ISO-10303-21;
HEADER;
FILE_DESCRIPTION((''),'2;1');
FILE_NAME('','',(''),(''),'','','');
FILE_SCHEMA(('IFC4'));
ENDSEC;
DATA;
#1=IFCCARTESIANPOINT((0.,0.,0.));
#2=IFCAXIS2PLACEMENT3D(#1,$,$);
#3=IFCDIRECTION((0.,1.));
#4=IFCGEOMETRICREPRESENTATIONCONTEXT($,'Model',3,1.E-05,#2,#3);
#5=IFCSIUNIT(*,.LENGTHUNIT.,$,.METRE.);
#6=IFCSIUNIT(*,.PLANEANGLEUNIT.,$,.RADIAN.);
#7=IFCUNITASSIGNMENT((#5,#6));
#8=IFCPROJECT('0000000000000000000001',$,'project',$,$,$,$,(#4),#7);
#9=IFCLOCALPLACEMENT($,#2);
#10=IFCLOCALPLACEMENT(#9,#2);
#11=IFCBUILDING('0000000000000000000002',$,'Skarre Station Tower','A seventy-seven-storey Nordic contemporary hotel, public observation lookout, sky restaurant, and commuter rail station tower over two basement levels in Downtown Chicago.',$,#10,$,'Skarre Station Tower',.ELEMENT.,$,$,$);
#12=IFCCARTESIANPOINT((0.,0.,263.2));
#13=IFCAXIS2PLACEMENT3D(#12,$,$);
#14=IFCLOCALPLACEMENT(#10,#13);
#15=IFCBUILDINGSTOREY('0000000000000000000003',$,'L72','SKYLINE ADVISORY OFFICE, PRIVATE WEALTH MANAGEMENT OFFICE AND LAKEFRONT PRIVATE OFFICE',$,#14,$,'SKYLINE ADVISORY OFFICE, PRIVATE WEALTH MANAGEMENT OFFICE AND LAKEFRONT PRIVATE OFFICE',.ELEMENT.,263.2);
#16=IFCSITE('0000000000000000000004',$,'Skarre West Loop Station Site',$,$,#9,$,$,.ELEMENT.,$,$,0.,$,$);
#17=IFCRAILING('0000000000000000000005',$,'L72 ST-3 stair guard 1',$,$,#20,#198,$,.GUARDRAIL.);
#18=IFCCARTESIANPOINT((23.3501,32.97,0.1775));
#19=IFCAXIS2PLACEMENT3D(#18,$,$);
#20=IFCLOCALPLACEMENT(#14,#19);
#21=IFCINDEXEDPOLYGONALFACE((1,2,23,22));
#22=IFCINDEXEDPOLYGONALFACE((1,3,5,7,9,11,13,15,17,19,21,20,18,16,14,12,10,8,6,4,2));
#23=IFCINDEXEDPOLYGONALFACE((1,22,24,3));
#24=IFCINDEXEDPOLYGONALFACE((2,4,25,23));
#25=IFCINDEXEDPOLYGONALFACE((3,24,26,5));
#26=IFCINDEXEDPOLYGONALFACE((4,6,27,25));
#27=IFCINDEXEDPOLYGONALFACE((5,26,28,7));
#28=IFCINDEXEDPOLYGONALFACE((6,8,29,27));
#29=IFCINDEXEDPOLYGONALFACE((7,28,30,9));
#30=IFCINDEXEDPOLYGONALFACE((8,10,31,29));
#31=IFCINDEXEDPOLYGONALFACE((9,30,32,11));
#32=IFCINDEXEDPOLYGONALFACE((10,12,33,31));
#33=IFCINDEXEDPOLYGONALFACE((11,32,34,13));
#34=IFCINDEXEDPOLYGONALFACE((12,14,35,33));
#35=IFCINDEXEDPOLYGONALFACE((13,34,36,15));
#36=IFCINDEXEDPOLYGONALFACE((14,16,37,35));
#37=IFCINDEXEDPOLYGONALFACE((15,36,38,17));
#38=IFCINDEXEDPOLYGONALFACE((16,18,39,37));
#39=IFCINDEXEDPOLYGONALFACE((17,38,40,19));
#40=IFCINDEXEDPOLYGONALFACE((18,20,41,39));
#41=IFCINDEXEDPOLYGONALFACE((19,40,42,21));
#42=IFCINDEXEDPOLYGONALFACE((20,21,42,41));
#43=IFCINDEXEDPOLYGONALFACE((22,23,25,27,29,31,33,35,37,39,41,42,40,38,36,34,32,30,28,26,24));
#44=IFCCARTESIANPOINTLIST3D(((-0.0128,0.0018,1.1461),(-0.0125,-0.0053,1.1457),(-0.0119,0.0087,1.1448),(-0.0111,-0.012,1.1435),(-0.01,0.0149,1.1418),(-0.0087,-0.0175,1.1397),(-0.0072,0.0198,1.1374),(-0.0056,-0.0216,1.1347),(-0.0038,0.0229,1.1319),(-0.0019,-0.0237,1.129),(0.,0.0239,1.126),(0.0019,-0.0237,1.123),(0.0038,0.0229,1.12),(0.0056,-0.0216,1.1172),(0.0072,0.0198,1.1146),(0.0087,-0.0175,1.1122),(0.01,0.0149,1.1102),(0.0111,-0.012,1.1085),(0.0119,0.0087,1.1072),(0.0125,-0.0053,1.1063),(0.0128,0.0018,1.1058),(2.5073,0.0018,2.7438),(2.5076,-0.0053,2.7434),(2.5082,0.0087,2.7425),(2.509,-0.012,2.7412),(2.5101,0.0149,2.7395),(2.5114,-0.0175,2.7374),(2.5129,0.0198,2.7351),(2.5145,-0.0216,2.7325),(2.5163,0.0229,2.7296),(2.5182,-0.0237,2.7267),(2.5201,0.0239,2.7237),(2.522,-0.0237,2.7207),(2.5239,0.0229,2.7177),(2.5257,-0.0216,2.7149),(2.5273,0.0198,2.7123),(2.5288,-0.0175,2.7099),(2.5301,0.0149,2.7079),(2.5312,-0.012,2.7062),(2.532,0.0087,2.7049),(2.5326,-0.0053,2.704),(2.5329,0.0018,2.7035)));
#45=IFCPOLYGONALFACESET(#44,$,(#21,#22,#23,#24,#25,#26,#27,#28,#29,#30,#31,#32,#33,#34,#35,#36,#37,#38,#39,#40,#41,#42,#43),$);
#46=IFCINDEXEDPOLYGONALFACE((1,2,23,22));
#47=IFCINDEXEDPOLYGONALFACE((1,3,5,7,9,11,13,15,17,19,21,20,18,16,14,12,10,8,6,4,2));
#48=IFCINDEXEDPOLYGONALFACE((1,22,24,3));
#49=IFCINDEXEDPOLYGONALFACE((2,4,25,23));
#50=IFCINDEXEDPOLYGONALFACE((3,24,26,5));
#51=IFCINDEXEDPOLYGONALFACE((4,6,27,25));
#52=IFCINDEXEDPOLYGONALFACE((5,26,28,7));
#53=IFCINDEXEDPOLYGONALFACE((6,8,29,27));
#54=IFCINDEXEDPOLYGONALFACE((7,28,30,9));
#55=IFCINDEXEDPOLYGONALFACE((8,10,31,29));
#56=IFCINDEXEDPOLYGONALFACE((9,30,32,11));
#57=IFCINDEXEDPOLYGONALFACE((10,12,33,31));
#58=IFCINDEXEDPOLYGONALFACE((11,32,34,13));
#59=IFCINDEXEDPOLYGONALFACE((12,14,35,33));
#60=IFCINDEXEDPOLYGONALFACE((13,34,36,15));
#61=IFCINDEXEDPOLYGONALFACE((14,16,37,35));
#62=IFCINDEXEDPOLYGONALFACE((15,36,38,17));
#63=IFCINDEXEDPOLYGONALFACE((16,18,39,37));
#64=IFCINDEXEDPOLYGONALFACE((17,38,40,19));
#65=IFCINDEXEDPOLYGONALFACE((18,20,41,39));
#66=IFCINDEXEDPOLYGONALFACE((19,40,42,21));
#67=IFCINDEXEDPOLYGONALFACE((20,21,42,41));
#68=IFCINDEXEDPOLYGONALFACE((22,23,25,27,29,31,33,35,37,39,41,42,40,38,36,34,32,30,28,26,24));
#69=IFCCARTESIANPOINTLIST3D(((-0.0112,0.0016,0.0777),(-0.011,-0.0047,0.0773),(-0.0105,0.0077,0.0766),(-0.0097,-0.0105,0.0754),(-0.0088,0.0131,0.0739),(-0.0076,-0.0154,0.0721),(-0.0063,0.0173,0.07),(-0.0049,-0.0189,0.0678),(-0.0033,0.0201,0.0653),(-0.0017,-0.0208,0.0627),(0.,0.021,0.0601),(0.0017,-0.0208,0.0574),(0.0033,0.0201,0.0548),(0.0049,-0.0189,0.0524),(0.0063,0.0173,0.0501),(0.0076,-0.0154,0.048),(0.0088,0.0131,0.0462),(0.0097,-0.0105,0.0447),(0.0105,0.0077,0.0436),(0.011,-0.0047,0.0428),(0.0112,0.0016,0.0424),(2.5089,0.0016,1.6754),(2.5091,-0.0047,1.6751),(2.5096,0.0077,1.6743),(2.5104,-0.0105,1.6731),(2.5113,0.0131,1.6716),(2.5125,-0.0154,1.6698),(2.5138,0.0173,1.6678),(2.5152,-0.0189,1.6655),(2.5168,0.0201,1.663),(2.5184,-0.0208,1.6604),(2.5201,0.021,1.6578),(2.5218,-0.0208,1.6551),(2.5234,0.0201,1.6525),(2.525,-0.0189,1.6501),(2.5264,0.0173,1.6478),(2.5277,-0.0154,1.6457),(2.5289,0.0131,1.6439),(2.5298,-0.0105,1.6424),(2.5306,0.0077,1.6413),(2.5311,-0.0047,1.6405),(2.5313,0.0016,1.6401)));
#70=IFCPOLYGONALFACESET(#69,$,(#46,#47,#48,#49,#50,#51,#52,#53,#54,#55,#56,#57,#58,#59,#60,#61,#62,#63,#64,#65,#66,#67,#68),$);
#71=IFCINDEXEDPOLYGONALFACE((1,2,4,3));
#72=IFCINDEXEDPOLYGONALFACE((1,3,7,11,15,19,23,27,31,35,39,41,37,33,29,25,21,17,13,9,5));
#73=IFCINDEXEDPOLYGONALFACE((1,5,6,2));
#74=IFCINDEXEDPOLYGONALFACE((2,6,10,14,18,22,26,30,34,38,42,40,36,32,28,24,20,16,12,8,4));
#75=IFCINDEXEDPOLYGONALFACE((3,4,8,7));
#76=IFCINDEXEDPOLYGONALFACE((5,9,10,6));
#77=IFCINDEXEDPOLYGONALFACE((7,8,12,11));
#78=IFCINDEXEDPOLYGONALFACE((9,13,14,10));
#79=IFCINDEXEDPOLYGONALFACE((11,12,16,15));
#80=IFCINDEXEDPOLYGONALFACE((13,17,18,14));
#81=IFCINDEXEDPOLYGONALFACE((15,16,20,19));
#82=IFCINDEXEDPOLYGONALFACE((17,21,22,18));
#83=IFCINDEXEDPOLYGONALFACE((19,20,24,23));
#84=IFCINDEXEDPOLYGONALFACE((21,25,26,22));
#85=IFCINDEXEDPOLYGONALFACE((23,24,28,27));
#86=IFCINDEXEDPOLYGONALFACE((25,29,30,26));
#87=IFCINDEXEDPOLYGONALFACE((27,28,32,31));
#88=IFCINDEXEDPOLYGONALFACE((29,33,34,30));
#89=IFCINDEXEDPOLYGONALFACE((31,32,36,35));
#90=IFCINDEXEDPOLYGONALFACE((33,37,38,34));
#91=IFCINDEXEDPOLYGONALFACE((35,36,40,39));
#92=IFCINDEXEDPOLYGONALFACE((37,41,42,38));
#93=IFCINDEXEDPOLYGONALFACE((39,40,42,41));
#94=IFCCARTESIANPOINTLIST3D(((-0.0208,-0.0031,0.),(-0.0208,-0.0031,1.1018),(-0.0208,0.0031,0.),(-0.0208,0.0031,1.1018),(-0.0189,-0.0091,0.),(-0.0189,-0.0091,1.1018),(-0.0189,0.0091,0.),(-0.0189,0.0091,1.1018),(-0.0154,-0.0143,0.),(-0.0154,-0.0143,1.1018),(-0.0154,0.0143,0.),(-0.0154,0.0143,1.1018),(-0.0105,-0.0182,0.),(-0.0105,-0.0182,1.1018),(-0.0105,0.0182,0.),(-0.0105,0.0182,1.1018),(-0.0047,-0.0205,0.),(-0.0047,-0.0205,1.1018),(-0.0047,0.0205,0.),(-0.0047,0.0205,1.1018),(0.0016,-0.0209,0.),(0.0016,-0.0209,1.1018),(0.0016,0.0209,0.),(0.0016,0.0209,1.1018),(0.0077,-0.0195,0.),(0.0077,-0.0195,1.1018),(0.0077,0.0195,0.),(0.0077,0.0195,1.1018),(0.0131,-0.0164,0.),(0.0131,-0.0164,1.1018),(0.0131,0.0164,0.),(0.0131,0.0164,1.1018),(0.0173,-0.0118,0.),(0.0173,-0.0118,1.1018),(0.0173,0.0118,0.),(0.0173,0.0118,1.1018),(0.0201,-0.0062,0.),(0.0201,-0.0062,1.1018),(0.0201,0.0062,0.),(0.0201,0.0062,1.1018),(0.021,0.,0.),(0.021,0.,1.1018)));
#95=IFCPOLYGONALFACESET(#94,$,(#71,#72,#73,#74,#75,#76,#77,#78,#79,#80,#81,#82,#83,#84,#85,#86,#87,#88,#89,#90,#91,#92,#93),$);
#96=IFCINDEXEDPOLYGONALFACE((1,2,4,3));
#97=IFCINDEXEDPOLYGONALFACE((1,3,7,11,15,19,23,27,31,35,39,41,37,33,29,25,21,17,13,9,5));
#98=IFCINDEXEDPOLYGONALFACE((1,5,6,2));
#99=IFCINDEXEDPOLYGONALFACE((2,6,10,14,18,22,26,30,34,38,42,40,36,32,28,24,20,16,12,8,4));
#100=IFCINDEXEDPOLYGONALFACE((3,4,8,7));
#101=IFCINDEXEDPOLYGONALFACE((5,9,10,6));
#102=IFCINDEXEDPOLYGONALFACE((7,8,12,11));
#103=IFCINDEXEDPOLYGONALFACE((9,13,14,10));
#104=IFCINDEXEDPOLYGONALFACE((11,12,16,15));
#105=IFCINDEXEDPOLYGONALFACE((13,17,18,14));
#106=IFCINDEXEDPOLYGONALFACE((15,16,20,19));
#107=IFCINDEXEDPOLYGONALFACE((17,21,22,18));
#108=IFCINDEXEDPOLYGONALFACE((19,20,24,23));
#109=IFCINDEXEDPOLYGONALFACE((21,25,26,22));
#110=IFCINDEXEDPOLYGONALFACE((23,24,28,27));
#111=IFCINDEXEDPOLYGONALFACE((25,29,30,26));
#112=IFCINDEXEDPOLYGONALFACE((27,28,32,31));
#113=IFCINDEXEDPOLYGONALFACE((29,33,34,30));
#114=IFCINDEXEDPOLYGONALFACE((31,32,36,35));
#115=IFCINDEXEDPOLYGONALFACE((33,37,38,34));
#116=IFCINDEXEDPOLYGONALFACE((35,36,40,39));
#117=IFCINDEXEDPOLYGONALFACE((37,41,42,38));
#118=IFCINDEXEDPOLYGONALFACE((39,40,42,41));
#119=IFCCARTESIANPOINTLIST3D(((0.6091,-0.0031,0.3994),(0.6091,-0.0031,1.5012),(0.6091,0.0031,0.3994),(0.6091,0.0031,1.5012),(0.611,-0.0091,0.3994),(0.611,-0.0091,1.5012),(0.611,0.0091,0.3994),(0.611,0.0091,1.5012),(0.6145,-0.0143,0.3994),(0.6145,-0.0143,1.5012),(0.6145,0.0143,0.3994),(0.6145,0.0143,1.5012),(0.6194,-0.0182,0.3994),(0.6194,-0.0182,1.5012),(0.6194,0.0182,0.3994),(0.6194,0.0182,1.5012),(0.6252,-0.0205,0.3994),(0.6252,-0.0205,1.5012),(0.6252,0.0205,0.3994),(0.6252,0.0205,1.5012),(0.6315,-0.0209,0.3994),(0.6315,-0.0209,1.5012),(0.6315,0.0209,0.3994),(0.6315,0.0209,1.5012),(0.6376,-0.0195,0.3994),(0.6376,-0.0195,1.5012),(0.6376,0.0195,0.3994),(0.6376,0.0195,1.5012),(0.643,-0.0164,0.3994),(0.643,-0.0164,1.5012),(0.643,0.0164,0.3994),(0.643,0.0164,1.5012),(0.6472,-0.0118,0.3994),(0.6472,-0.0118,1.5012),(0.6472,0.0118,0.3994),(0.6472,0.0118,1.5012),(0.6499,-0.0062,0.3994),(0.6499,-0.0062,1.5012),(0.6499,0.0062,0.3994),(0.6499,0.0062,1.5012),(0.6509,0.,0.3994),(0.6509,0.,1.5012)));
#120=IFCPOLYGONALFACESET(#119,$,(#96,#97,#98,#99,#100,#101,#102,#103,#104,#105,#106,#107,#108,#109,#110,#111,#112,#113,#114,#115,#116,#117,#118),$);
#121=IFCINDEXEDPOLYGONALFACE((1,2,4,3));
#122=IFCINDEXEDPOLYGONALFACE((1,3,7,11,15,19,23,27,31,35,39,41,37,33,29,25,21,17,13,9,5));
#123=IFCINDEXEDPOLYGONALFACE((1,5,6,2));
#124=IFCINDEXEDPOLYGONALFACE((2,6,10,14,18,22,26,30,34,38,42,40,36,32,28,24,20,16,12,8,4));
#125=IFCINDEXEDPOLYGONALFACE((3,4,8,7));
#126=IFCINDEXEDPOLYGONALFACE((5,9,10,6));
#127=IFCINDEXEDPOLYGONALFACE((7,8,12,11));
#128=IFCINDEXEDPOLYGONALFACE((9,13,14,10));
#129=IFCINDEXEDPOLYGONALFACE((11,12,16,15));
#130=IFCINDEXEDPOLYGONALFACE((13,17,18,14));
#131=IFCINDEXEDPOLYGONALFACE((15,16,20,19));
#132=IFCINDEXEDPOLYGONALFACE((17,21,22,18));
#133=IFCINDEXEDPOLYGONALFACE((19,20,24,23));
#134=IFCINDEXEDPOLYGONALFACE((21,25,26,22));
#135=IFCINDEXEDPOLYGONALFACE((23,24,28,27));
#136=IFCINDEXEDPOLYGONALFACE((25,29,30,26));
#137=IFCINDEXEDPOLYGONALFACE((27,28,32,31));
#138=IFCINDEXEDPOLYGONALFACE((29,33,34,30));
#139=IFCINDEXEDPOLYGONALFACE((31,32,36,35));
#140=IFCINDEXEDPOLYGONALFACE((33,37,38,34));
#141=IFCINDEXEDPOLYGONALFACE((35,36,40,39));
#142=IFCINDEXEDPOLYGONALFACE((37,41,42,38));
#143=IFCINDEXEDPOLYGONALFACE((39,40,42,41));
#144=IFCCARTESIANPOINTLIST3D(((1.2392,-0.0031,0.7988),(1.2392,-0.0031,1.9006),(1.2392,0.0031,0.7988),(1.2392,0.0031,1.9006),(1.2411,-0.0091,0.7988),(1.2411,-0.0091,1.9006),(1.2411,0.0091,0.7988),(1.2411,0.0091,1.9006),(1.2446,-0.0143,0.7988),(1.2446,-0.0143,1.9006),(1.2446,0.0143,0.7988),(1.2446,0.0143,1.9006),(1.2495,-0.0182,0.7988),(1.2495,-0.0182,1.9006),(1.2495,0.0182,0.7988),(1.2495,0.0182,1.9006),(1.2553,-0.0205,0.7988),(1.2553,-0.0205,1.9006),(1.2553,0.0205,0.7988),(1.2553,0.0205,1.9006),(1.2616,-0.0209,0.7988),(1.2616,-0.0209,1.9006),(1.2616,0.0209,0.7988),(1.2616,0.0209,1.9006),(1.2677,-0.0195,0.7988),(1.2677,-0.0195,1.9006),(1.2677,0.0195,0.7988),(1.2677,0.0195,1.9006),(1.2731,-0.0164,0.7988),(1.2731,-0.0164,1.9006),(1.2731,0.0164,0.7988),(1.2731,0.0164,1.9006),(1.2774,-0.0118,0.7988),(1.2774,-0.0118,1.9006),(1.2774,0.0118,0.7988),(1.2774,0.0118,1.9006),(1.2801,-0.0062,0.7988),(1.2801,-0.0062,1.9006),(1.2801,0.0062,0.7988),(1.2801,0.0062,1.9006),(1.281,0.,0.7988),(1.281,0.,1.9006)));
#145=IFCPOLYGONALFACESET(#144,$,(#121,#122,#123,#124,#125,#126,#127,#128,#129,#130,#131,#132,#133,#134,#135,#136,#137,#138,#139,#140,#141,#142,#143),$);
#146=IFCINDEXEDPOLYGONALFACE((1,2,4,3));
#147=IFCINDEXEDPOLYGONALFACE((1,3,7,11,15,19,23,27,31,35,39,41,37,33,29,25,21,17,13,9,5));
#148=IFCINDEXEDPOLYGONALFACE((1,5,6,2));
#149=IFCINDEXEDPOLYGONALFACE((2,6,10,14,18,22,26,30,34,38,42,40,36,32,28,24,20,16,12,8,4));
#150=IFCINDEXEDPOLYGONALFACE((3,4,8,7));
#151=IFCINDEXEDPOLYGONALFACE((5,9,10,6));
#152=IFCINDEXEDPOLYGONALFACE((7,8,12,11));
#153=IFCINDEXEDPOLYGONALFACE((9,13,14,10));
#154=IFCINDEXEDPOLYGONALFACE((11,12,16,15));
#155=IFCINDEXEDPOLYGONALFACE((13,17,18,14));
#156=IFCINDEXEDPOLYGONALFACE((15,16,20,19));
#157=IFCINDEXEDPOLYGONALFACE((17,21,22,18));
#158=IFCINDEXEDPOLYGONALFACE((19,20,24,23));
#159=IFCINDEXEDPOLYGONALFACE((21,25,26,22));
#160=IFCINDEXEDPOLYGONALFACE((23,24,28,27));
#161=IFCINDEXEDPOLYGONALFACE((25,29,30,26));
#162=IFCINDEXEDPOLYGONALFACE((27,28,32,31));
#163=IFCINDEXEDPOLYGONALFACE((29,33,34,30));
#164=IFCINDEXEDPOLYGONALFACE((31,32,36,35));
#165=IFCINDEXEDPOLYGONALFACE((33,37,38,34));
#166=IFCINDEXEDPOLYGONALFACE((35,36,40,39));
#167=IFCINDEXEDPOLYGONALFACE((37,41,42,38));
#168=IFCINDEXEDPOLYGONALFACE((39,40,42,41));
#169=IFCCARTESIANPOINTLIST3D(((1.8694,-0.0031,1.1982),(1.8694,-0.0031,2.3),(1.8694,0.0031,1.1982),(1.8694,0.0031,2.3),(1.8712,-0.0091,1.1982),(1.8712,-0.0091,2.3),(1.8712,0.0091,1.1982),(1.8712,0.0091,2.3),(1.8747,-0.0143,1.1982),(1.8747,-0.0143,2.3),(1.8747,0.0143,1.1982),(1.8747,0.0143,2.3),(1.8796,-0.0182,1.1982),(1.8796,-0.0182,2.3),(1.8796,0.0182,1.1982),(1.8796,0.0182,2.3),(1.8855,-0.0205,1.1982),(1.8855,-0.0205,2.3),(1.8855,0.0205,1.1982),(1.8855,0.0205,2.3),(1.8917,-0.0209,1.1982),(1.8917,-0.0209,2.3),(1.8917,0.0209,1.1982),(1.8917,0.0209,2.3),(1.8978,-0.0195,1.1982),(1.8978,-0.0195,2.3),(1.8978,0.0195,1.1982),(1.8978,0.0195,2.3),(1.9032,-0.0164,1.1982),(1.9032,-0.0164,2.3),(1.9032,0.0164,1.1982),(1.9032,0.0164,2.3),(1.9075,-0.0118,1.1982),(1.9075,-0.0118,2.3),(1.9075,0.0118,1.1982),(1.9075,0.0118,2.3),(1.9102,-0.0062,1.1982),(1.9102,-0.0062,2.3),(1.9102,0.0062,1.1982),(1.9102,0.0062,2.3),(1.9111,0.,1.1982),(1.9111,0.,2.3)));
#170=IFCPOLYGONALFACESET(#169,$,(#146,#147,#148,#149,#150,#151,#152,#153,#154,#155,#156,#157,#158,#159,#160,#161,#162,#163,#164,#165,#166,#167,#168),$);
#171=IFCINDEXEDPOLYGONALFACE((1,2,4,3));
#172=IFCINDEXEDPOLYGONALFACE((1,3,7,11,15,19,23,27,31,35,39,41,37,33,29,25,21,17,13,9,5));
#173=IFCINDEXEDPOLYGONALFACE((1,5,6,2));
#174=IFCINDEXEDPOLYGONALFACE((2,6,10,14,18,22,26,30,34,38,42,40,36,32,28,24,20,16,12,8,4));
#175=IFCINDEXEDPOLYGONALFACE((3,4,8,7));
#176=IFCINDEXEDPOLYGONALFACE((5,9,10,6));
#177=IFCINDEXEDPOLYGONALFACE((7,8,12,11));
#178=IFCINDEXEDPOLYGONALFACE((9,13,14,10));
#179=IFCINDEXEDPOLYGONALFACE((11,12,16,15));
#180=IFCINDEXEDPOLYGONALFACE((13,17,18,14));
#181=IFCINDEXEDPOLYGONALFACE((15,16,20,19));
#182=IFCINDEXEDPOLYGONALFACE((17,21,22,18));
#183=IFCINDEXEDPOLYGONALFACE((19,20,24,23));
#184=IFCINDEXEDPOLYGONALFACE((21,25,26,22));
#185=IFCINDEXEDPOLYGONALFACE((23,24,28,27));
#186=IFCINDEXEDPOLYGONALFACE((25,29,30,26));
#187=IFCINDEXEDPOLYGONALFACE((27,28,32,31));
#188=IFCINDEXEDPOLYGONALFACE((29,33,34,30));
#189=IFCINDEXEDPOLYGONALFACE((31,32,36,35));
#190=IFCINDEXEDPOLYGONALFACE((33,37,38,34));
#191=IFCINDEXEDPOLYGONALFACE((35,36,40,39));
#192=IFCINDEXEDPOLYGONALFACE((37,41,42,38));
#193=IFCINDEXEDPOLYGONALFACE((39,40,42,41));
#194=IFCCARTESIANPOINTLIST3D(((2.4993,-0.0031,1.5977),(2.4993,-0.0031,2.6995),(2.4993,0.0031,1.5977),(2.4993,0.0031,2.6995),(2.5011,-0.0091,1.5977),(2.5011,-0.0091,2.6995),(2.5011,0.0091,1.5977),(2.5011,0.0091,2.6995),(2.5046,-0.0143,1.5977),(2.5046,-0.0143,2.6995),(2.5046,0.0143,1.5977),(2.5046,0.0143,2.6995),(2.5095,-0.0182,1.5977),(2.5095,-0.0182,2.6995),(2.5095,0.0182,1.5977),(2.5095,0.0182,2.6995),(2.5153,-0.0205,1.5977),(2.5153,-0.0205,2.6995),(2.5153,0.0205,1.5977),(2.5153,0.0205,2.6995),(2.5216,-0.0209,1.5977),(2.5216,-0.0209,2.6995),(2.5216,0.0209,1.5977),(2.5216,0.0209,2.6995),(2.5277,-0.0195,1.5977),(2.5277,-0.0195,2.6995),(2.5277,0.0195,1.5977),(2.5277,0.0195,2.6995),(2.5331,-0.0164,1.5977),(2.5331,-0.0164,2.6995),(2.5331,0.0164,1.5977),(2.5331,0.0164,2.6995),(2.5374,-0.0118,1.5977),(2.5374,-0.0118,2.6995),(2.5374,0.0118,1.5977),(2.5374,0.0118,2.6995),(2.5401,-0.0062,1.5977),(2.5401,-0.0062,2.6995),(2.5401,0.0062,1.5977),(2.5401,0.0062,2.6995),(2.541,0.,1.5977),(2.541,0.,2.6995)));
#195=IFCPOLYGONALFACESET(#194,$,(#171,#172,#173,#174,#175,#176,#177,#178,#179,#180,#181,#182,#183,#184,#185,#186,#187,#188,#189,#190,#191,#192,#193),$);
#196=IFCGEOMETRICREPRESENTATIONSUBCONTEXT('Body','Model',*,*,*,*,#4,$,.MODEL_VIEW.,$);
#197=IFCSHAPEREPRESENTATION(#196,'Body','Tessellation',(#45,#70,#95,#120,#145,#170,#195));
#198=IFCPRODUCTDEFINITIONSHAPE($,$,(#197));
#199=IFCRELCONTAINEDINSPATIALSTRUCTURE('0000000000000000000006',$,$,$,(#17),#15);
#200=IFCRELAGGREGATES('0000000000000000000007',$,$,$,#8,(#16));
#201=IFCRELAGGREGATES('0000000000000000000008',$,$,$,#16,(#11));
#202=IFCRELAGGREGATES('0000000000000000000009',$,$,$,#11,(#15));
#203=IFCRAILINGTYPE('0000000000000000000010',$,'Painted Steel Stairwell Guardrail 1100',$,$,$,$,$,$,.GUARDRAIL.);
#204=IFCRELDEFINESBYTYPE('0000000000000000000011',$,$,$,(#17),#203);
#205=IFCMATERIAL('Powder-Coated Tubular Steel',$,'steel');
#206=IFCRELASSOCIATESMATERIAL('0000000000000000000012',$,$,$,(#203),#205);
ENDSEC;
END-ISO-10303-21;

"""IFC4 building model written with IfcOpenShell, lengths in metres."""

from ifc_helpers import new_model, si_unit, direction, frame, origin, origin_2d, place, context, subcontext, project, spatial, circle, extrude, material, type_object, element, save


model = new_model("IFC4")

# Units and contexts
model_context = context("Model", 3, precision=1e-05, world=origin(), true_north=direction((0.0, 1.0)))
body_context = subcontext(model_context, "Body", "Model", "MODEL_VIEW")
ifc_project = project(units=[si_unit("LENGTHUNIT", "METRE"), si_unit("PLANEANGLEUNIT", "RADIAN")], contexts=[model_context])

# Site, building, storey
site_placement = place(None, origin())
site = spatial("IfcSite", under=ifc_project, at=site_placement, Name="Skarre West Loop Station Site", CompositionType="ELEMENT", RefElevation=0.0)
building_placement = place(site_placement, origin())
building = spatial("IfcBuilding", under=site, at=building_placement, Name="Skarre Station Tower", Description="A seventy-seven-storey Nordic contemporary hotel, public observation lookout, sky restaurant, and commuter rail station tower over two basement levels in Downtown Chicago.", LongName="Skarre Station Tower", CompositionType="ELEMENT")
storey_placement = place(building_placement, frame((0.0, 0.0, 263.2)))
storey = spatial("IfcBuildingStorey", under=building, at=storey_placement, Name="L72", Description="SKYLINE ADVISORY OFFICE, PRIVATE WEALTH MANAGEMENT OFFICE AND LAKEFRONT PRIVATE OFFICE", LongName="SKYLINE ADVISORY OFFICE, PRIVATE WEALTH MANAGEMENT OFFICE AND LAKEFRONT PRIVATE OFFICE", CompositionType="ELEMENT", Elevation=263.2)

# Railing
ifc_material_1 = material(Name="Powder-Coated Tubular Steel", Category="steel")
railing_type_1 = type_object("IfcRailingType", Name="Painted Steel Stairwell Guardrail 1100", PredefinedType="GUARDRAIL", material=ifc_material_1)
railing_1_placement = place(storey_placement, frame((23.3501, 32.97, 0.1775)))
element("IfcRailing", 1, at=railing_1_placement, inside=storey, type_object=railing_type_1, Name="L72 ST-3 stair guard 1", PredefinedType="GUARDRAIL", context=body_context, shape_type="SweptSolid", body=[
    extrude(circle(Radius=0.0239, at=origin_2d()), frame((0.0, 0.0, 1.126), z_axis=(0.84457, 0.0, 0.535445), x_axis=(0.0, 1.0, 0.0)), (0.0, 0.0, 1.0), 2.9839),
    extrude(circle(Radius=0.021, at=origin_2d()), frame((0.0, 0.0, 0.0601), z_axis=(0.84457, 0.0, 0.535445), x_axis=(0.0, 1.0, 0.0)), (0.0, 0.0, 1.0), 2.9839),
    extrude(circle(Radius=0.021, at=origin_2d()), origin(), (0.0, 0.0, 1.0), 1.1018),
    extrude(circle(Radius=0.021, at=origin_2d()), frame((0.6299, 0.0, 0.3994)), (0.0, 0.0, 1.0), 1.1018),
    extrude(circle(Radius=0.021, at=origin_2d()), frame((1.26, 0.0, 0.7988)), (0.0, 0.0, 1.0), 1.1018),
    extrude(circle(Radius=0.021, at=origin_2d()), frame((1.8901, 0.0, 1.1982)), (0.0, 0.0, 1.0), 1.1018),
    extrude(circle(Radius=0.021, at=origin_2d()), frame((2.52, 0.0, 1.5977)), (0.0, 0.0, 1.0), 1.1018),
])

save(model, "model.ifc")
